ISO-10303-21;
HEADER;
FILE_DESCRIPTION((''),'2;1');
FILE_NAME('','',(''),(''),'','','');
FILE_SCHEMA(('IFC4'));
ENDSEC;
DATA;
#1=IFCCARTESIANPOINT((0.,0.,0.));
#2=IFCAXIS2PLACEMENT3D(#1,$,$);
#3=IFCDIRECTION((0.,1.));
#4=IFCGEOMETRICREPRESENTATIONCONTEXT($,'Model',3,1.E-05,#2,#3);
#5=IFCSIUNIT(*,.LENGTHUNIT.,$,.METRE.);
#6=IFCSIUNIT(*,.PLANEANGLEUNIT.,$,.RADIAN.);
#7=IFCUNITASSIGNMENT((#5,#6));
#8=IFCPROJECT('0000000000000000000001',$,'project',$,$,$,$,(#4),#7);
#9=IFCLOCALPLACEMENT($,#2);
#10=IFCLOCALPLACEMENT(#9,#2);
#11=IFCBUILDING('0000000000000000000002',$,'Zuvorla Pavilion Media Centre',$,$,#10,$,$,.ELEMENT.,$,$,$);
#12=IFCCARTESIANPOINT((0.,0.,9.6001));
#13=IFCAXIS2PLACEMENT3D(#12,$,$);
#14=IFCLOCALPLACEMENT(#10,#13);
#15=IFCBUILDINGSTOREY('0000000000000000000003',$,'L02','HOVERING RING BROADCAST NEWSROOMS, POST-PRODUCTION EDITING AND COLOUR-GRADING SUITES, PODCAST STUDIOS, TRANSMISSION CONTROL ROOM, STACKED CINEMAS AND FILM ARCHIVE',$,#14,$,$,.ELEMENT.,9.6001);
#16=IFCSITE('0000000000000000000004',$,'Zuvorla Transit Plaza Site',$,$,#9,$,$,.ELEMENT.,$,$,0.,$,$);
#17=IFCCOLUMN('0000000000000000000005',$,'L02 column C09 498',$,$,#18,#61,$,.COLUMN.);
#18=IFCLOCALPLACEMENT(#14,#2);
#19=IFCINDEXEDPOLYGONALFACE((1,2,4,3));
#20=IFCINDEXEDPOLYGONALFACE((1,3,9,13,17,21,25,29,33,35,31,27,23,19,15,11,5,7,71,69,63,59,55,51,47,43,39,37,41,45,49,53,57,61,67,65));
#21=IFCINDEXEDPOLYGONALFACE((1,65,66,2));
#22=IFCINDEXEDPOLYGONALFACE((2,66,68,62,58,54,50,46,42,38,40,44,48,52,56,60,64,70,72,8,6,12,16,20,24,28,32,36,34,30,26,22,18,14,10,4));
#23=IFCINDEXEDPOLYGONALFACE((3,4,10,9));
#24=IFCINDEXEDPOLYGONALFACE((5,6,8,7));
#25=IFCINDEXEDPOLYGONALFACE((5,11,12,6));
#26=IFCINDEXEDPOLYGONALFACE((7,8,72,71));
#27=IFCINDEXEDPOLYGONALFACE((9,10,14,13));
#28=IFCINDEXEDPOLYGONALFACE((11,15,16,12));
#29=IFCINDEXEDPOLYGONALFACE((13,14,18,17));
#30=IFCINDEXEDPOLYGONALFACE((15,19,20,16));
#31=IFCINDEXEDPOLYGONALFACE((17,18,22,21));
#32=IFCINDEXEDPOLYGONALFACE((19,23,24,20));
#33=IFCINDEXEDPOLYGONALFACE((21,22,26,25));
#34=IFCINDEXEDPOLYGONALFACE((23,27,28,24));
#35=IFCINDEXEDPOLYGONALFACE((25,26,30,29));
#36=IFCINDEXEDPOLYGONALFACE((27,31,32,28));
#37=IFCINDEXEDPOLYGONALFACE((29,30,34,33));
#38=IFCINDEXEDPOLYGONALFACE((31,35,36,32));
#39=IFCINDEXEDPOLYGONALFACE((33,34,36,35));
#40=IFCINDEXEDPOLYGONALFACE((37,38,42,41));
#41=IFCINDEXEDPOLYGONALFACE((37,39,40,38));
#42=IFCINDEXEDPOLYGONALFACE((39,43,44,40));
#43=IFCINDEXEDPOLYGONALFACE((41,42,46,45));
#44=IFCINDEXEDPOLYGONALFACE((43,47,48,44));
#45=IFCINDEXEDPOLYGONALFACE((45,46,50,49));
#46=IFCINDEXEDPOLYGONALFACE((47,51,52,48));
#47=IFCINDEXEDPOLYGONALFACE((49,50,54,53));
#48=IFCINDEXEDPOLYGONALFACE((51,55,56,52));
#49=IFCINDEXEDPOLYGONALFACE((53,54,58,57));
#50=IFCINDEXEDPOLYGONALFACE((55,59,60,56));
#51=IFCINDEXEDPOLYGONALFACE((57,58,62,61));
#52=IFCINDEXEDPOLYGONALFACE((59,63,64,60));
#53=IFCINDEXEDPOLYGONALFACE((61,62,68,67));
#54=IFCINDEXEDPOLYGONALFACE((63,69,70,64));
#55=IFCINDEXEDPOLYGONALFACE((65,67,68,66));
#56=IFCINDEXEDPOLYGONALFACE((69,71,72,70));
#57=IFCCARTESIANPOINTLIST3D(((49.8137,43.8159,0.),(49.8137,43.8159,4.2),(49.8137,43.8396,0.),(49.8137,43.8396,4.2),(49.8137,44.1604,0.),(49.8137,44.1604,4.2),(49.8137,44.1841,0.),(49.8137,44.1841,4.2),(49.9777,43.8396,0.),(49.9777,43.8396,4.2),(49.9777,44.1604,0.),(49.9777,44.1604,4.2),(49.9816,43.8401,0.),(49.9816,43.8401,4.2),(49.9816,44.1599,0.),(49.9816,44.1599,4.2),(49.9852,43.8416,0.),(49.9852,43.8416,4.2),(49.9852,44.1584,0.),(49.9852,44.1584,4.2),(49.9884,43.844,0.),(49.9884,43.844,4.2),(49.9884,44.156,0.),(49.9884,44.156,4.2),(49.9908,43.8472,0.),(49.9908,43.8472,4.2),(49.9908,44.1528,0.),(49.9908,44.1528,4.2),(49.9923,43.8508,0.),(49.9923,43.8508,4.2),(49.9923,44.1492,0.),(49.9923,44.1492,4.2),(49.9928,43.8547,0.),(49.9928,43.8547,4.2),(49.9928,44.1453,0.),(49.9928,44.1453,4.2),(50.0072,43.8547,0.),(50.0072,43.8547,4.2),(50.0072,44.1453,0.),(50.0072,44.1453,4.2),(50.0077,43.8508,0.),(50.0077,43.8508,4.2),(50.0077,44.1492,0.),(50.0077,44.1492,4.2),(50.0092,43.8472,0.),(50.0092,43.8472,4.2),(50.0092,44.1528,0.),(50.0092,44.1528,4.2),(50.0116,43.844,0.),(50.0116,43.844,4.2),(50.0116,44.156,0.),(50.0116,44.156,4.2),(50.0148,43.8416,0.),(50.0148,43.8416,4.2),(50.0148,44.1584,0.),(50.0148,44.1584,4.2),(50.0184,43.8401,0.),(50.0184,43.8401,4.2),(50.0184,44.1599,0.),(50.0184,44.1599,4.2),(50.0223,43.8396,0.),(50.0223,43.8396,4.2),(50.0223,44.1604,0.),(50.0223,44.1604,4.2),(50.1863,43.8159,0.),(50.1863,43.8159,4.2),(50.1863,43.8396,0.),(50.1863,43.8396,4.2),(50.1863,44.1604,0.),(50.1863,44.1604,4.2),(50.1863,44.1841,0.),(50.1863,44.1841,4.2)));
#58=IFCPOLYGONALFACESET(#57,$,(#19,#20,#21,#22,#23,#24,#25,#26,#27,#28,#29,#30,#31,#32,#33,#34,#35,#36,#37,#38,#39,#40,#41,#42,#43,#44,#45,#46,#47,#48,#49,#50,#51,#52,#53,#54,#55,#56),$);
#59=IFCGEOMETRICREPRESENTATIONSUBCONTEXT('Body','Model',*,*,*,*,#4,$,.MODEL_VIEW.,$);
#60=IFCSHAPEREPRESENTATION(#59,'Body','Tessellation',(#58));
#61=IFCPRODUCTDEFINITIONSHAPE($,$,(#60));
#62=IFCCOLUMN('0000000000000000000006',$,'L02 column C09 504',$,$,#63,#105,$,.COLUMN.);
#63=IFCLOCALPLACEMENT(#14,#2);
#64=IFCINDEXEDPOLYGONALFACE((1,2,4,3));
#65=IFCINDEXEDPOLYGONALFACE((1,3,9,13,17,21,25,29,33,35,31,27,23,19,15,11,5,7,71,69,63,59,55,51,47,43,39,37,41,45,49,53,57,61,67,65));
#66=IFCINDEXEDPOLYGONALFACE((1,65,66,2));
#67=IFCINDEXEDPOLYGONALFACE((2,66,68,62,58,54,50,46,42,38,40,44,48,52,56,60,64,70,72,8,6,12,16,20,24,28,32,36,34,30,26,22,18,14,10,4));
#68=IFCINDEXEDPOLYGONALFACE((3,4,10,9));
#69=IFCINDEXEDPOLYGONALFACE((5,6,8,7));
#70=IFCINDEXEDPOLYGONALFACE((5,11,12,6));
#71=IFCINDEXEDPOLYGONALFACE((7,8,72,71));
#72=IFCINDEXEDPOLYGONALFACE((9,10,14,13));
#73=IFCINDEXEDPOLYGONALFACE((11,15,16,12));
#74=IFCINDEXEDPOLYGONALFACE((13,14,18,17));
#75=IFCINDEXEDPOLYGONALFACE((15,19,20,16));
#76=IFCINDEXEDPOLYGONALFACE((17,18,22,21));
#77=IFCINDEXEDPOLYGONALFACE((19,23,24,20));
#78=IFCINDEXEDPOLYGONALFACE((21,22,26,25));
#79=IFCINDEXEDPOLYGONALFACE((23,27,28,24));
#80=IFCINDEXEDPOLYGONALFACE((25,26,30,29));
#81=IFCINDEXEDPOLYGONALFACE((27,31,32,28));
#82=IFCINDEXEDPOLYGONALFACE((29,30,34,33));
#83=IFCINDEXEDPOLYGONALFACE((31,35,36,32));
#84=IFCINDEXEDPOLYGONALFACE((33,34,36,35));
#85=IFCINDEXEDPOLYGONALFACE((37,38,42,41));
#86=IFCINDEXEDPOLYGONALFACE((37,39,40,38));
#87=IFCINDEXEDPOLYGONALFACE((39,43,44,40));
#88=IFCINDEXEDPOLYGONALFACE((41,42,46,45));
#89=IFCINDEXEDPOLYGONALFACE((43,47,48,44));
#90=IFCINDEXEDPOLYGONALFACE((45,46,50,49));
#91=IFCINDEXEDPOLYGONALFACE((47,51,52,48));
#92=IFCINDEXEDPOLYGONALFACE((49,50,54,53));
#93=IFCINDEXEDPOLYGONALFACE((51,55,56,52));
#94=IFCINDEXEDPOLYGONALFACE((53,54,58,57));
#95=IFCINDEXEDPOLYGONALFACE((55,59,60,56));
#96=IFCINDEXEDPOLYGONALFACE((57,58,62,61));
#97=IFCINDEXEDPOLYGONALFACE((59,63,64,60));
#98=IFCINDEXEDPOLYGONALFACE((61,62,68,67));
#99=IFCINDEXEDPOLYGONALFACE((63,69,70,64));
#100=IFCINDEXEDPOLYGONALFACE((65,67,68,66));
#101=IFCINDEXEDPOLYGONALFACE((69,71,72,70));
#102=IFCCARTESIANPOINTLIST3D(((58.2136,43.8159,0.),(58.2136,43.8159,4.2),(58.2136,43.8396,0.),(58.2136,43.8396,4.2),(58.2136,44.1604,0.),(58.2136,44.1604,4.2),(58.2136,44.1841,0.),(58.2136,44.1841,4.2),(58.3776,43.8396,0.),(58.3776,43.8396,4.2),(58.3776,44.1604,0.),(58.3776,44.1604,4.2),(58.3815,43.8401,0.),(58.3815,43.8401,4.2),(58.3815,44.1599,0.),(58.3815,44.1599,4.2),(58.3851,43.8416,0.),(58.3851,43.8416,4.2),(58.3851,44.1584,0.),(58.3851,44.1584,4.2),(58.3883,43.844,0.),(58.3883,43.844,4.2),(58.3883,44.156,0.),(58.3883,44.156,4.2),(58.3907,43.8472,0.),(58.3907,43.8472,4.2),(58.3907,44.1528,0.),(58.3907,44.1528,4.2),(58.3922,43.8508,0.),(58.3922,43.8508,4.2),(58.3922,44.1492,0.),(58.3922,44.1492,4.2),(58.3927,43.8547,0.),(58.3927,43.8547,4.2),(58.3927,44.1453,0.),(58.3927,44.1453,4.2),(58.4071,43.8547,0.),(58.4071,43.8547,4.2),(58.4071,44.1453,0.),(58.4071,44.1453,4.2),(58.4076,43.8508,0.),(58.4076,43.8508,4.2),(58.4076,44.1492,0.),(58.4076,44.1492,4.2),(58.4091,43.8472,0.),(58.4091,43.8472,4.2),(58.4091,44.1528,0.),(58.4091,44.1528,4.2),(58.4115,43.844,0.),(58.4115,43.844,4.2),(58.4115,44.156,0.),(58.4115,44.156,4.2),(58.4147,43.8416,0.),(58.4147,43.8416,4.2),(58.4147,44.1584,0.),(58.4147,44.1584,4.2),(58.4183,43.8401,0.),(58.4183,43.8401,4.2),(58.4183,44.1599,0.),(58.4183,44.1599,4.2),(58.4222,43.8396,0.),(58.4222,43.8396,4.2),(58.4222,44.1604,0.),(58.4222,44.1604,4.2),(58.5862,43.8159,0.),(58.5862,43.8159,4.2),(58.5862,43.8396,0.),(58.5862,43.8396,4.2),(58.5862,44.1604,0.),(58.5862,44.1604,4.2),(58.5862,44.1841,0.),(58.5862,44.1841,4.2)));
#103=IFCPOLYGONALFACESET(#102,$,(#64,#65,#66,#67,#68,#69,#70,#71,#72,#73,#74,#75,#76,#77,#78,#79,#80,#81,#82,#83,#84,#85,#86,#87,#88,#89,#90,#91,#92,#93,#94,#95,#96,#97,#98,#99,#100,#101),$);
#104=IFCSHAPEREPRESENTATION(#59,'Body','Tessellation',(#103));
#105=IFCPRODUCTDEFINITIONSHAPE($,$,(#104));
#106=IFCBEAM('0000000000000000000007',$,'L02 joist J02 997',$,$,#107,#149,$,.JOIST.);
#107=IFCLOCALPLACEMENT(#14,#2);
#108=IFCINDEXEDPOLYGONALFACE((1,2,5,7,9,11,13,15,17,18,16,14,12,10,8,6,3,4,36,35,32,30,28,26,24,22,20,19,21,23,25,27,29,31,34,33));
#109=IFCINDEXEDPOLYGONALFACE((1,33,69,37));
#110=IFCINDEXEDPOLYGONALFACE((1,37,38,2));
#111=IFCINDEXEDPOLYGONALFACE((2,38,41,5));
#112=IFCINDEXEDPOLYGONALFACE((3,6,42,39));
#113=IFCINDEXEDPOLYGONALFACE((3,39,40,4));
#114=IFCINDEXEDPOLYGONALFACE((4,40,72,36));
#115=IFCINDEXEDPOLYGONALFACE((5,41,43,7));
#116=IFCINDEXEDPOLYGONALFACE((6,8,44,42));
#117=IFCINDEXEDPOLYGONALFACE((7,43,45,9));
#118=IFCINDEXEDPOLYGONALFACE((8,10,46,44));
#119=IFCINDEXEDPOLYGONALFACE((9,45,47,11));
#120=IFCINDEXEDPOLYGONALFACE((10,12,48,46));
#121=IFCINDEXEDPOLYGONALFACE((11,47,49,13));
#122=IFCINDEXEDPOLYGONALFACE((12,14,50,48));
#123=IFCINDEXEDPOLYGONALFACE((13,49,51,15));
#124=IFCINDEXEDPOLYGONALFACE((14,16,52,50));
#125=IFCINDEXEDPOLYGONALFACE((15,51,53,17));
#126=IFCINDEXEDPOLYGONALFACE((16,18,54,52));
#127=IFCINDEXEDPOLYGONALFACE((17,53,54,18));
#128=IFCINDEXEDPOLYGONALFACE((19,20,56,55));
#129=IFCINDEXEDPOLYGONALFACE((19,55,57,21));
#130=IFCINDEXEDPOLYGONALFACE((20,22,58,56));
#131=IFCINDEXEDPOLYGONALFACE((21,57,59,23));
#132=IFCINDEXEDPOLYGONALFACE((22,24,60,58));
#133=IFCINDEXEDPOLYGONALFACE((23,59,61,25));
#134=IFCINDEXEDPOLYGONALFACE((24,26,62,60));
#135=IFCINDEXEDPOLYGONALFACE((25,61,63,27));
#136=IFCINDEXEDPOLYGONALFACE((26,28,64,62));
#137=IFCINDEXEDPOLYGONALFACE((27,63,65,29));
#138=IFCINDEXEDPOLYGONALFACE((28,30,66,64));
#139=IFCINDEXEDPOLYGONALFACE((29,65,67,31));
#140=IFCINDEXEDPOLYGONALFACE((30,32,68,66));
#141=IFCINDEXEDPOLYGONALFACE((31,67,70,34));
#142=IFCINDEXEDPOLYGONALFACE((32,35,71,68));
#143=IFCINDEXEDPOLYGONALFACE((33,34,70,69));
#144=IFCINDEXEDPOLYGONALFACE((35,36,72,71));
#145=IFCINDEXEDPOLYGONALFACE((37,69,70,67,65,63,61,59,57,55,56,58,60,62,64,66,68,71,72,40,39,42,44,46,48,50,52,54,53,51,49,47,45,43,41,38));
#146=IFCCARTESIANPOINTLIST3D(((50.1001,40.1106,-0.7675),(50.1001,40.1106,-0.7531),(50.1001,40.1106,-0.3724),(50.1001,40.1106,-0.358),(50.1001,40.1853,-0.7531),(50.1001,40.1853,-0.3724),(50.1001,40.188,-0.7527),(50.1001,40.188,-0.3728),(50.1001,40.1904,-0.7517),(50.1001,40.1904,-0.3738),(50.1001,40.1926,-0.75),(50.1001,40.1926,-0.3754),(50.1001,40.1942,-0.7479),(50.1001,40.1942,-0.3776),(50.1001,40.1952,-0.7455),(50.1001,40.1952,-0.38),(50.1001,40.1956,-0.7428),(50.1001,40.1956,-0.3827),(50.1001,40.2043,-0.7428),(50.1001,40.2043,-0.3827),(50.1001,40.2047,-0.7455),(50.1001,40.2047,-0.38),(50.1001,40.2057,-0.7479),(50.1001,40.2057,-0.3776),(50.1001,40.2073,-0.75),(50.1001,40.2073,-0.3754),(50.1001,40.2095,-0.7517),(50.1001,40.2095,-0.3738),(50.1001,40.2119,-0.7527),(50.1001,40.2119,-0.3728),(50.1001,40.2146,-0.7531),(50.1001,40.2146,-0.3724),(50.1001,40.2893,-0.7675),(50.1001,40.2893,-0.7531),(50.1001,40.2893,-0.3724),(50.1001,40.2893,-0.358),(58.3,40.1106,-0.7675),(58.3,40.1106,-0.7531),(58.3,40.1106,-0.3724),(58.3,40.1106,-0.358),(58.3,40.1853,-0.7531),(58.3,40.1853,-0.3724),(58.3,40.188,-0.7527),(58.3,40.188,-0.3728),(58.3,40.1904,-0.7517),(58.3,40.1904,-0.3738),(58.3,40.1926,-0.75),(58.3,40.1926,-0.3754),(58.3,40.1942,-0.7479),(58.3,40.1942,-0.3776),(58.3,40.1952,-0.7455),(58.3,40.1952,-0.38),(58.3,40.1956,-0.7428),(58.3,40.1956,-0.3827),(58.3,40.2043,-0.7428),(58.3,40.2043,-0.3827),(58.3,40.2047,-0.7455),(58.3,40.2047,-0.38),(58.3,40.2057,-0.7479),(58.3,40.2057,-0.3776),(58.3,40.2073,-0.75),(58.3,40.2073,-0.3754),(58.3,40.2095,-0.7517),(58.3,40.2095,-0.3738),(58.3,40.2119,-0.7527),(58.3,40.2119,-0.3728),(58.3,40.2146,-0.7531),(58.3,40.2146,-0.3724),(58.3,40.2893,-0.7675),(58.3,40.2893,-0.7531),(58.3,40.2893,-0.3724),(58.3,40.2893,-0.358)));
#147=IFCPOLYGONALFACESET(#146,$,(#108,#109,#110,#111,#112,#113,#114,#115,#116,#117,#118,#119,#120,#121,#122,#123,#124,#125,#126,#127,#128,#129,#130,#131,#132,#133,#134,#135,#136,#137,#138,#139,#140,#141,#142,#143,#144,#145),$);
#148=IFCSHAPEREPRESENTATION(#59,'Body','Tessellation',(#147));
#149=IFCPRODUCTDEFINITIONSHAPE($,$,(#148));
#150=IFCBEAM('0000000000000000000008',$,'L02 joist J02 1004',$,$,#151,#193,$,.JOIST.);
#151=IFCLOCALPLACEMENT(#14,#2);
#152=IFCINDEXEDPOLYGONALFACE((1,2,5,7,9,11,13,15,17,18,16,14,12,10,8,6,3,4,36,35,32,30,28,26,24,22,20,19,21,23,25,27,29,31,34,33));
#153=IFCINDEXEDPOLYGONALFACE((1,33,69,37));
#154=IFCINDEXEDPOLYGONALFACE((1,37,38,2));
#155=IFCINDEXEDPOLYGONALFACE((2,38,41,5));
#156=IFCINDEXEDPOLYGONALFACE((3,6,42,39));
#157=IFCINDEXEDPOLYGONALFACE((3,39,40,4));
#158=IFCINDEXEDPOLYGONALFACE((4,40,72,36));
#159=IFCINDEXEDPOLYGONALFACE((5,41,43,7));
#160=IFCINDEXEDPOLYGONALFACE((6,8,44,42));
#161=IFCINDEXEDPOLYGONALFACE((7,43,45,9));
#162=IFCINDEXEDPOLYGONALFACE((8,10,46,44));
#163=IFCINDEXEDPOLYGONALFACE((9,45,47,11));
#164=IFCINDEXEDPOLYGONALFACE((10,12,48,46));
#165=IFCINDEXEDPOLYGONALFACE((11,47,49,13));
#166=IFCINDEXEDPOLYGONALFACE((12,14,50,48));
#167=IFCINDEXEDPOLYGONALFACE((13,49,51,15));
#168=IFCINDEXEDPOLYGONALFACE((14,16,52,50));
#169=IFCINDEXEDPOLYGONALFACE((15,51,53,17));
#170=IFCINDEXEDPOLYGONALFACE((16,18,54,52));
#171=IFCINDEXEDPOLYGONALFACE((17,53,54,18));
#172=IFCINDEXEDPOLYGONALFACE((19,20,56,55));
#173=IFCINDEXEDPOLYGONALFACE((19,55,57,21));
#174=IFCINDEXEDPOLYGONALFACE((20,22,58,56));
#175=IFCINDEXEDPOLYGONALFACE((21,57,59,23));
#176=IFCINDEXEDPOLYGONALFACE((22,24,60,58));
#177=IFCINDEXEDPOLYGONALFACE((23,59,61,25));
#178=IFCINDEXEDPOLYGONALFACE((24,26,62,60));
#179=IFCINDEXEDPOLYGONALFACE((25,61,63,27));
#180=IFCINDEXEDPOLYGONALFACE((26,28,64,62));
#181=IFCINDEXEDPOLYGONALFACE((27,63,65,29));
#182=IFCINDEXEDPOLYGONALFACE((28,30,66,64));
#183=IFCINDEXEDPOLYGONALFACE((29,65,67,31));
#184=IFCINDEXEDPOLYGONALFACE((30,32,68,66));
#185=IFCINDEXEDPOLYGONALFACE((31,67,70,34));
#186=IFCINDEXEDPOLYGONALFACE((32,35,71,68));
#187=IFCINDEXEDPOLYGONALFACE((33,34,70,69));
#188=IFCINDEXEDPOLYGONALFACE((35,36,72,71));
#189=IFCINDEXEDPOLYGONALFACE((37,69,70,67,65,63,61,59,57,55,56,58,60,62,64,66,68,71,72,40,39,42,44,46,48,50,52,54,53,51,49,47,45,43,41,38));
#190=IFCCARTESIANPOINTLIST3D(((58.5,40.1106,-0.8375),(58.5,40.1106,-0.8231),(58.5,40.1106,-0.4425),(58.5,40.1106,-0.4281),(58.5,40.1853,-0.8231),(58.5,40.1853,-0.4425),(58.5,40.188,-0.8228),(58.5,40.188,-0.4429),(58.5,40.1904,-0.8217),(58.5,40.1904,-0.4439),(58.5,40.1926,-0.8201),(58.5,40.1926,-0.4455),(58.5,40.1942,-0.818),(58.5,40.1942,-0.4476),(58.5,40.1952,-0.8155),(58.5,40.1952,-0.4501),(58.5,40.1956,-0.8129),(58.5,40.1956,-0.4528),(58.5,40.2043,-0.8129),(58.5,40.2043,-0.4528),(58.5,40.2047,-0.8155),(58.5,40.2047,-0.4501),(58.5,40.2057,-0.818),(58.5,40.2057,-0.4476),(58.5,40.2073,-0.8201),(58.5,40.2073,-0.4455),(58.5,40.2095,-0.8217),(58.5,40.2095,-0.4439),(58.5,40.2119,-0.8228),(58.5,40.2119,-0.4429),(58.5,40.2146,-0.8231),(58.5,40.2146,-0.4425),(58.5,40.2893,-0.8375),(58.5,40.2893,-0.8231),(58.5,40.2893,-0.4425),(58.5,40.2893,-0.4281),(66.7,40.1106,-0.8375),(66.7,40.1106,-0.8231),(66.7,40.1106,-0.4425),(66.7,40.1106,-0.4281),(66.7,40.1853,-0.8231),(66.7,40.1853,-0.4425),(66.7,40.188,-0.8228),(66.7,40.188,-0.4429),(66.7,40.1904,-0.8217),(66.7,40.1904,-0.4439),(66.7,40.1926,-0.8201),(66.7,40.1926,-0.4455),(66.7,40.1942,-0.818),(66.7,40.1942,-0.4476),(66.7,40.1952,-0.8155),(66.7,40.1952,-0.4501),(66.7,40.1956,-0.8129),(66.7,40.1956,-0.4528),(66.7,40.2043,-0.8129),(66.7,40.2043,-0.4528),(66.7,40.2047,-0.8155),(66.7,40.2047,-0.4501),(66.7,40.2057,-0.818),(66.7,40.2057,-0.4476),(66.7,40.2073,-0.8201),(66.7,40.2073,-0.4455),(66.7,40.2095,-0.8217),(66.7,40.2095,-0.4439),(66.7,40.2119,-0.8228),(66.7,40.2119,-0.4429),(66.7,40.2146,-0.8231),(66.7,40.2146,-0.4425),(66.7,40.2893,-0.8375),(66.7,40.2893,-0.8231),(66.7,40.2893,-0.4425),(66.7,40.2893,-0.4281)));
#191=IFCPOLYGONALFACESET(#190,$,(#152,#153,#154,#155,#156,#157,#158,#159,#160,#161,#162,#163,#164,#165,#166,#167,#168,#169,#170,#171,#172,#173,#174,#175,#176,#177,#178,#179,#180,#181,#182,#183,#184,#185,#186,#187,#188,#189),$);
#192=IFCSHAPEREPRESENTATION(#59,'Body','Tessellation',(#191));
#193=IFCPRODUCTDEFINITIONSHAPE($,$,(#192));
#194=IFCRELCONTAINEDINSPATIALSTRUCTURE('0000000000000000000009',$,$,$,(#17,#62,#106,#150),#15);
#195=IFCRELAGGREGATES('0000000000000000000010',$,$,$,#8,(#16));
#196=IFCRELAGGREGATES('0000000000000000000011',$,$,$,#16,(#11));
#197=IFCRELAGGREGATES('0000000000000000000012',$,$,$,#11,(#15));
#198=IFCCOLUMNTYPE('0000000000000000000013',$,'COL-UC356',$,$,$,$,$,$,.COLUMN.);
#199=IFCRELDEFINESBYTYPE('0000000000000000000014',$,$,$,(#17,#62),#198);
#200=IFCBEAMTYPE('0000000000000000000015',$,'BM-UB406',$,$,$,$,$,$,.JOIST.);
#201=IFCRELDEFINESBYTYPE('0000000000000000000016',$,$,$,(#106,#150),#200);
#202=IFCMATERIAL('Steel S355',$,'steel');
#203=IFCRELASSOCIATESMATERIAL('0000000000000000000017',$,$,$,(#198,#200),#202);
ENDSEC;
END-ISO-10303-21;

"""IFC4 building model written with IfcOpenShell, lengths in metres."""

from ifc_helpers import new_model, si_unit, direction, frame, origin, origin_2d, place, context, subcontext, project, spatial, i_section, extrude, material, material_profile, profile_set, type_object, element, save


model = new_model("IFC4")

# Units and contexts
model_context = context("Model", 3, precision=1e-05, world=origin(), true_north=direction((0.0, 1.0)))
body_context = subcontext(model_context, "Body", "Model", "MODEL_VIEW")
ifc_project = project(units=[si_unit("LENGTHUNIT", "METRE"), si_unit("PLANEANGLEUNIT", "RADIAN")], contexts=[model_context])

# Site, building, storey
site_placement = place(None, origin())
site = spatial("IfcSite", under=ifc_project, at=site_placement, Name="Zuvorla Transit Plaza Site", CompositionType="ELEMENT", RefElevation=0.0)
building_placement = place(site_placement, origin())
building = spatial("IfcBuilding", under=site, at=building_placement, Name="Zuvorla Pavilion Media Centre", CompositionType="ELEMENT")
storey_placement = place(building_placement, frame((0.0, 0.0, 9.6001)))
storey = spatial("IfcBuildingStorey", under=building, at=storey_placement, Name="L02", Description="HOVERING RING BROADCAST NEWSROOMS, POST-PRODUCTION EDITING AND COLOUR-GRADING SUITES, PODCAST STUDIOS, TRANSMISSION CONTROL ROOM, STACKED CINEMAS AND FILM ARCHIVE", CompositionType="ELEMENT", Elevation=9.6001)

# Columns
ifc_material_1 = material(Name="Steel S355", Category="steel")
ifc_material_profile_1 = material_profile(ifc_material_1, i_section(OverallWidth=0.3726, OverallDepth=0.3682, WebThickness=0.0144, FlangeThickness=0.0237, FilletRadius=0.0151, at=origin_2d()), Name="UC 356x368x177")
ifc_profile_set_1 = profile_set([ifc_material_profile_1], Name="Steel S355")
column_type = type_object("IfcColumnType", Name="COL-UC356", PredefinedType="COLUMN", material=ifc_profile_set_1)
for number, where, z_axis, x_axis, name in (
    (1, (50.0, 44.0, 0.0), (0.0, 0.0, 1.0), (1.0, 0.0, 0.0), "L02 column C09 498"),
    (2, (58.3999, 44.0, 0.0), (0.0, 0.0, 1.0), (1.0, 0.0, 0.0), "L02 column C09 504"),
):
    element("IfcColumn", number, at=place(storey_placement, frame(where, z_axis=z_axis, x_axis=x_axis)), inside=storey, type_object=column_type, Name=name, PredefinedType="COLUMN", context=body_context, shape_type="SweptSolid", body=[
        extrude(i_section(OverallWidth=0.3726, OverallDepth=0.3682, WebThickness=0.0144, FlangeThickness=0.0237, FilletRadius=0.0151, at=origin_2d()), origin(), (0.0, 0.0, 1.0), 4.2),
    ])

# Beams
ifc_material_profile_2 = material_profile(ifc_material_1, i_section(OverallWidth=0.1787, OverallDepth=0.4094, WebThickness=0.0088, FlangeThickness=0.0144, FilletRadius=0.0103, at=origin_2d()), Name="UB 406x178x67")
ifc_profile_set_2 = profile_set([ifc_material_profile_2], Name="Steel S355")
beam_type_1 = type_object("IfcBeamType", Name="BM-UB406", PredefinedType="JOIST", material=ifc_profile_set_2)
for number, where, z_axis, x_axis, name in (
    (3, (50.1001, 40.2, -0.5627), (1.0, 0.0, 0.0), (0.0, 1.0, 0.0), "L02 joist J02 997"),
    (4, (58.5, 40.2, -0.6328), (1.0, 0.0, 0.0), (0.0, 1.0, 0.0), "L02 joist J02 1004"),
):
    element("IfcBeam", number, at=place(storey_placement, frame(where, z_axis=z_axis, x_axis=x_axis)), inside=storey, type_object=beam_type_1, Name=name, PredefinedType="JOIST", context=body_context, shape_type="SweptSolid", body=[
        extrude(i_section(OverallWidth=0.1787, OverallDepth=0.4094, WebThickness=0.0088, FlangeThickness=0.0144, FilletRadius=0.0103, at=origin_2d()), origin(), (0.0, 0.0, 1.0), 8.2),
    ])

save(model, "model.ifc")
